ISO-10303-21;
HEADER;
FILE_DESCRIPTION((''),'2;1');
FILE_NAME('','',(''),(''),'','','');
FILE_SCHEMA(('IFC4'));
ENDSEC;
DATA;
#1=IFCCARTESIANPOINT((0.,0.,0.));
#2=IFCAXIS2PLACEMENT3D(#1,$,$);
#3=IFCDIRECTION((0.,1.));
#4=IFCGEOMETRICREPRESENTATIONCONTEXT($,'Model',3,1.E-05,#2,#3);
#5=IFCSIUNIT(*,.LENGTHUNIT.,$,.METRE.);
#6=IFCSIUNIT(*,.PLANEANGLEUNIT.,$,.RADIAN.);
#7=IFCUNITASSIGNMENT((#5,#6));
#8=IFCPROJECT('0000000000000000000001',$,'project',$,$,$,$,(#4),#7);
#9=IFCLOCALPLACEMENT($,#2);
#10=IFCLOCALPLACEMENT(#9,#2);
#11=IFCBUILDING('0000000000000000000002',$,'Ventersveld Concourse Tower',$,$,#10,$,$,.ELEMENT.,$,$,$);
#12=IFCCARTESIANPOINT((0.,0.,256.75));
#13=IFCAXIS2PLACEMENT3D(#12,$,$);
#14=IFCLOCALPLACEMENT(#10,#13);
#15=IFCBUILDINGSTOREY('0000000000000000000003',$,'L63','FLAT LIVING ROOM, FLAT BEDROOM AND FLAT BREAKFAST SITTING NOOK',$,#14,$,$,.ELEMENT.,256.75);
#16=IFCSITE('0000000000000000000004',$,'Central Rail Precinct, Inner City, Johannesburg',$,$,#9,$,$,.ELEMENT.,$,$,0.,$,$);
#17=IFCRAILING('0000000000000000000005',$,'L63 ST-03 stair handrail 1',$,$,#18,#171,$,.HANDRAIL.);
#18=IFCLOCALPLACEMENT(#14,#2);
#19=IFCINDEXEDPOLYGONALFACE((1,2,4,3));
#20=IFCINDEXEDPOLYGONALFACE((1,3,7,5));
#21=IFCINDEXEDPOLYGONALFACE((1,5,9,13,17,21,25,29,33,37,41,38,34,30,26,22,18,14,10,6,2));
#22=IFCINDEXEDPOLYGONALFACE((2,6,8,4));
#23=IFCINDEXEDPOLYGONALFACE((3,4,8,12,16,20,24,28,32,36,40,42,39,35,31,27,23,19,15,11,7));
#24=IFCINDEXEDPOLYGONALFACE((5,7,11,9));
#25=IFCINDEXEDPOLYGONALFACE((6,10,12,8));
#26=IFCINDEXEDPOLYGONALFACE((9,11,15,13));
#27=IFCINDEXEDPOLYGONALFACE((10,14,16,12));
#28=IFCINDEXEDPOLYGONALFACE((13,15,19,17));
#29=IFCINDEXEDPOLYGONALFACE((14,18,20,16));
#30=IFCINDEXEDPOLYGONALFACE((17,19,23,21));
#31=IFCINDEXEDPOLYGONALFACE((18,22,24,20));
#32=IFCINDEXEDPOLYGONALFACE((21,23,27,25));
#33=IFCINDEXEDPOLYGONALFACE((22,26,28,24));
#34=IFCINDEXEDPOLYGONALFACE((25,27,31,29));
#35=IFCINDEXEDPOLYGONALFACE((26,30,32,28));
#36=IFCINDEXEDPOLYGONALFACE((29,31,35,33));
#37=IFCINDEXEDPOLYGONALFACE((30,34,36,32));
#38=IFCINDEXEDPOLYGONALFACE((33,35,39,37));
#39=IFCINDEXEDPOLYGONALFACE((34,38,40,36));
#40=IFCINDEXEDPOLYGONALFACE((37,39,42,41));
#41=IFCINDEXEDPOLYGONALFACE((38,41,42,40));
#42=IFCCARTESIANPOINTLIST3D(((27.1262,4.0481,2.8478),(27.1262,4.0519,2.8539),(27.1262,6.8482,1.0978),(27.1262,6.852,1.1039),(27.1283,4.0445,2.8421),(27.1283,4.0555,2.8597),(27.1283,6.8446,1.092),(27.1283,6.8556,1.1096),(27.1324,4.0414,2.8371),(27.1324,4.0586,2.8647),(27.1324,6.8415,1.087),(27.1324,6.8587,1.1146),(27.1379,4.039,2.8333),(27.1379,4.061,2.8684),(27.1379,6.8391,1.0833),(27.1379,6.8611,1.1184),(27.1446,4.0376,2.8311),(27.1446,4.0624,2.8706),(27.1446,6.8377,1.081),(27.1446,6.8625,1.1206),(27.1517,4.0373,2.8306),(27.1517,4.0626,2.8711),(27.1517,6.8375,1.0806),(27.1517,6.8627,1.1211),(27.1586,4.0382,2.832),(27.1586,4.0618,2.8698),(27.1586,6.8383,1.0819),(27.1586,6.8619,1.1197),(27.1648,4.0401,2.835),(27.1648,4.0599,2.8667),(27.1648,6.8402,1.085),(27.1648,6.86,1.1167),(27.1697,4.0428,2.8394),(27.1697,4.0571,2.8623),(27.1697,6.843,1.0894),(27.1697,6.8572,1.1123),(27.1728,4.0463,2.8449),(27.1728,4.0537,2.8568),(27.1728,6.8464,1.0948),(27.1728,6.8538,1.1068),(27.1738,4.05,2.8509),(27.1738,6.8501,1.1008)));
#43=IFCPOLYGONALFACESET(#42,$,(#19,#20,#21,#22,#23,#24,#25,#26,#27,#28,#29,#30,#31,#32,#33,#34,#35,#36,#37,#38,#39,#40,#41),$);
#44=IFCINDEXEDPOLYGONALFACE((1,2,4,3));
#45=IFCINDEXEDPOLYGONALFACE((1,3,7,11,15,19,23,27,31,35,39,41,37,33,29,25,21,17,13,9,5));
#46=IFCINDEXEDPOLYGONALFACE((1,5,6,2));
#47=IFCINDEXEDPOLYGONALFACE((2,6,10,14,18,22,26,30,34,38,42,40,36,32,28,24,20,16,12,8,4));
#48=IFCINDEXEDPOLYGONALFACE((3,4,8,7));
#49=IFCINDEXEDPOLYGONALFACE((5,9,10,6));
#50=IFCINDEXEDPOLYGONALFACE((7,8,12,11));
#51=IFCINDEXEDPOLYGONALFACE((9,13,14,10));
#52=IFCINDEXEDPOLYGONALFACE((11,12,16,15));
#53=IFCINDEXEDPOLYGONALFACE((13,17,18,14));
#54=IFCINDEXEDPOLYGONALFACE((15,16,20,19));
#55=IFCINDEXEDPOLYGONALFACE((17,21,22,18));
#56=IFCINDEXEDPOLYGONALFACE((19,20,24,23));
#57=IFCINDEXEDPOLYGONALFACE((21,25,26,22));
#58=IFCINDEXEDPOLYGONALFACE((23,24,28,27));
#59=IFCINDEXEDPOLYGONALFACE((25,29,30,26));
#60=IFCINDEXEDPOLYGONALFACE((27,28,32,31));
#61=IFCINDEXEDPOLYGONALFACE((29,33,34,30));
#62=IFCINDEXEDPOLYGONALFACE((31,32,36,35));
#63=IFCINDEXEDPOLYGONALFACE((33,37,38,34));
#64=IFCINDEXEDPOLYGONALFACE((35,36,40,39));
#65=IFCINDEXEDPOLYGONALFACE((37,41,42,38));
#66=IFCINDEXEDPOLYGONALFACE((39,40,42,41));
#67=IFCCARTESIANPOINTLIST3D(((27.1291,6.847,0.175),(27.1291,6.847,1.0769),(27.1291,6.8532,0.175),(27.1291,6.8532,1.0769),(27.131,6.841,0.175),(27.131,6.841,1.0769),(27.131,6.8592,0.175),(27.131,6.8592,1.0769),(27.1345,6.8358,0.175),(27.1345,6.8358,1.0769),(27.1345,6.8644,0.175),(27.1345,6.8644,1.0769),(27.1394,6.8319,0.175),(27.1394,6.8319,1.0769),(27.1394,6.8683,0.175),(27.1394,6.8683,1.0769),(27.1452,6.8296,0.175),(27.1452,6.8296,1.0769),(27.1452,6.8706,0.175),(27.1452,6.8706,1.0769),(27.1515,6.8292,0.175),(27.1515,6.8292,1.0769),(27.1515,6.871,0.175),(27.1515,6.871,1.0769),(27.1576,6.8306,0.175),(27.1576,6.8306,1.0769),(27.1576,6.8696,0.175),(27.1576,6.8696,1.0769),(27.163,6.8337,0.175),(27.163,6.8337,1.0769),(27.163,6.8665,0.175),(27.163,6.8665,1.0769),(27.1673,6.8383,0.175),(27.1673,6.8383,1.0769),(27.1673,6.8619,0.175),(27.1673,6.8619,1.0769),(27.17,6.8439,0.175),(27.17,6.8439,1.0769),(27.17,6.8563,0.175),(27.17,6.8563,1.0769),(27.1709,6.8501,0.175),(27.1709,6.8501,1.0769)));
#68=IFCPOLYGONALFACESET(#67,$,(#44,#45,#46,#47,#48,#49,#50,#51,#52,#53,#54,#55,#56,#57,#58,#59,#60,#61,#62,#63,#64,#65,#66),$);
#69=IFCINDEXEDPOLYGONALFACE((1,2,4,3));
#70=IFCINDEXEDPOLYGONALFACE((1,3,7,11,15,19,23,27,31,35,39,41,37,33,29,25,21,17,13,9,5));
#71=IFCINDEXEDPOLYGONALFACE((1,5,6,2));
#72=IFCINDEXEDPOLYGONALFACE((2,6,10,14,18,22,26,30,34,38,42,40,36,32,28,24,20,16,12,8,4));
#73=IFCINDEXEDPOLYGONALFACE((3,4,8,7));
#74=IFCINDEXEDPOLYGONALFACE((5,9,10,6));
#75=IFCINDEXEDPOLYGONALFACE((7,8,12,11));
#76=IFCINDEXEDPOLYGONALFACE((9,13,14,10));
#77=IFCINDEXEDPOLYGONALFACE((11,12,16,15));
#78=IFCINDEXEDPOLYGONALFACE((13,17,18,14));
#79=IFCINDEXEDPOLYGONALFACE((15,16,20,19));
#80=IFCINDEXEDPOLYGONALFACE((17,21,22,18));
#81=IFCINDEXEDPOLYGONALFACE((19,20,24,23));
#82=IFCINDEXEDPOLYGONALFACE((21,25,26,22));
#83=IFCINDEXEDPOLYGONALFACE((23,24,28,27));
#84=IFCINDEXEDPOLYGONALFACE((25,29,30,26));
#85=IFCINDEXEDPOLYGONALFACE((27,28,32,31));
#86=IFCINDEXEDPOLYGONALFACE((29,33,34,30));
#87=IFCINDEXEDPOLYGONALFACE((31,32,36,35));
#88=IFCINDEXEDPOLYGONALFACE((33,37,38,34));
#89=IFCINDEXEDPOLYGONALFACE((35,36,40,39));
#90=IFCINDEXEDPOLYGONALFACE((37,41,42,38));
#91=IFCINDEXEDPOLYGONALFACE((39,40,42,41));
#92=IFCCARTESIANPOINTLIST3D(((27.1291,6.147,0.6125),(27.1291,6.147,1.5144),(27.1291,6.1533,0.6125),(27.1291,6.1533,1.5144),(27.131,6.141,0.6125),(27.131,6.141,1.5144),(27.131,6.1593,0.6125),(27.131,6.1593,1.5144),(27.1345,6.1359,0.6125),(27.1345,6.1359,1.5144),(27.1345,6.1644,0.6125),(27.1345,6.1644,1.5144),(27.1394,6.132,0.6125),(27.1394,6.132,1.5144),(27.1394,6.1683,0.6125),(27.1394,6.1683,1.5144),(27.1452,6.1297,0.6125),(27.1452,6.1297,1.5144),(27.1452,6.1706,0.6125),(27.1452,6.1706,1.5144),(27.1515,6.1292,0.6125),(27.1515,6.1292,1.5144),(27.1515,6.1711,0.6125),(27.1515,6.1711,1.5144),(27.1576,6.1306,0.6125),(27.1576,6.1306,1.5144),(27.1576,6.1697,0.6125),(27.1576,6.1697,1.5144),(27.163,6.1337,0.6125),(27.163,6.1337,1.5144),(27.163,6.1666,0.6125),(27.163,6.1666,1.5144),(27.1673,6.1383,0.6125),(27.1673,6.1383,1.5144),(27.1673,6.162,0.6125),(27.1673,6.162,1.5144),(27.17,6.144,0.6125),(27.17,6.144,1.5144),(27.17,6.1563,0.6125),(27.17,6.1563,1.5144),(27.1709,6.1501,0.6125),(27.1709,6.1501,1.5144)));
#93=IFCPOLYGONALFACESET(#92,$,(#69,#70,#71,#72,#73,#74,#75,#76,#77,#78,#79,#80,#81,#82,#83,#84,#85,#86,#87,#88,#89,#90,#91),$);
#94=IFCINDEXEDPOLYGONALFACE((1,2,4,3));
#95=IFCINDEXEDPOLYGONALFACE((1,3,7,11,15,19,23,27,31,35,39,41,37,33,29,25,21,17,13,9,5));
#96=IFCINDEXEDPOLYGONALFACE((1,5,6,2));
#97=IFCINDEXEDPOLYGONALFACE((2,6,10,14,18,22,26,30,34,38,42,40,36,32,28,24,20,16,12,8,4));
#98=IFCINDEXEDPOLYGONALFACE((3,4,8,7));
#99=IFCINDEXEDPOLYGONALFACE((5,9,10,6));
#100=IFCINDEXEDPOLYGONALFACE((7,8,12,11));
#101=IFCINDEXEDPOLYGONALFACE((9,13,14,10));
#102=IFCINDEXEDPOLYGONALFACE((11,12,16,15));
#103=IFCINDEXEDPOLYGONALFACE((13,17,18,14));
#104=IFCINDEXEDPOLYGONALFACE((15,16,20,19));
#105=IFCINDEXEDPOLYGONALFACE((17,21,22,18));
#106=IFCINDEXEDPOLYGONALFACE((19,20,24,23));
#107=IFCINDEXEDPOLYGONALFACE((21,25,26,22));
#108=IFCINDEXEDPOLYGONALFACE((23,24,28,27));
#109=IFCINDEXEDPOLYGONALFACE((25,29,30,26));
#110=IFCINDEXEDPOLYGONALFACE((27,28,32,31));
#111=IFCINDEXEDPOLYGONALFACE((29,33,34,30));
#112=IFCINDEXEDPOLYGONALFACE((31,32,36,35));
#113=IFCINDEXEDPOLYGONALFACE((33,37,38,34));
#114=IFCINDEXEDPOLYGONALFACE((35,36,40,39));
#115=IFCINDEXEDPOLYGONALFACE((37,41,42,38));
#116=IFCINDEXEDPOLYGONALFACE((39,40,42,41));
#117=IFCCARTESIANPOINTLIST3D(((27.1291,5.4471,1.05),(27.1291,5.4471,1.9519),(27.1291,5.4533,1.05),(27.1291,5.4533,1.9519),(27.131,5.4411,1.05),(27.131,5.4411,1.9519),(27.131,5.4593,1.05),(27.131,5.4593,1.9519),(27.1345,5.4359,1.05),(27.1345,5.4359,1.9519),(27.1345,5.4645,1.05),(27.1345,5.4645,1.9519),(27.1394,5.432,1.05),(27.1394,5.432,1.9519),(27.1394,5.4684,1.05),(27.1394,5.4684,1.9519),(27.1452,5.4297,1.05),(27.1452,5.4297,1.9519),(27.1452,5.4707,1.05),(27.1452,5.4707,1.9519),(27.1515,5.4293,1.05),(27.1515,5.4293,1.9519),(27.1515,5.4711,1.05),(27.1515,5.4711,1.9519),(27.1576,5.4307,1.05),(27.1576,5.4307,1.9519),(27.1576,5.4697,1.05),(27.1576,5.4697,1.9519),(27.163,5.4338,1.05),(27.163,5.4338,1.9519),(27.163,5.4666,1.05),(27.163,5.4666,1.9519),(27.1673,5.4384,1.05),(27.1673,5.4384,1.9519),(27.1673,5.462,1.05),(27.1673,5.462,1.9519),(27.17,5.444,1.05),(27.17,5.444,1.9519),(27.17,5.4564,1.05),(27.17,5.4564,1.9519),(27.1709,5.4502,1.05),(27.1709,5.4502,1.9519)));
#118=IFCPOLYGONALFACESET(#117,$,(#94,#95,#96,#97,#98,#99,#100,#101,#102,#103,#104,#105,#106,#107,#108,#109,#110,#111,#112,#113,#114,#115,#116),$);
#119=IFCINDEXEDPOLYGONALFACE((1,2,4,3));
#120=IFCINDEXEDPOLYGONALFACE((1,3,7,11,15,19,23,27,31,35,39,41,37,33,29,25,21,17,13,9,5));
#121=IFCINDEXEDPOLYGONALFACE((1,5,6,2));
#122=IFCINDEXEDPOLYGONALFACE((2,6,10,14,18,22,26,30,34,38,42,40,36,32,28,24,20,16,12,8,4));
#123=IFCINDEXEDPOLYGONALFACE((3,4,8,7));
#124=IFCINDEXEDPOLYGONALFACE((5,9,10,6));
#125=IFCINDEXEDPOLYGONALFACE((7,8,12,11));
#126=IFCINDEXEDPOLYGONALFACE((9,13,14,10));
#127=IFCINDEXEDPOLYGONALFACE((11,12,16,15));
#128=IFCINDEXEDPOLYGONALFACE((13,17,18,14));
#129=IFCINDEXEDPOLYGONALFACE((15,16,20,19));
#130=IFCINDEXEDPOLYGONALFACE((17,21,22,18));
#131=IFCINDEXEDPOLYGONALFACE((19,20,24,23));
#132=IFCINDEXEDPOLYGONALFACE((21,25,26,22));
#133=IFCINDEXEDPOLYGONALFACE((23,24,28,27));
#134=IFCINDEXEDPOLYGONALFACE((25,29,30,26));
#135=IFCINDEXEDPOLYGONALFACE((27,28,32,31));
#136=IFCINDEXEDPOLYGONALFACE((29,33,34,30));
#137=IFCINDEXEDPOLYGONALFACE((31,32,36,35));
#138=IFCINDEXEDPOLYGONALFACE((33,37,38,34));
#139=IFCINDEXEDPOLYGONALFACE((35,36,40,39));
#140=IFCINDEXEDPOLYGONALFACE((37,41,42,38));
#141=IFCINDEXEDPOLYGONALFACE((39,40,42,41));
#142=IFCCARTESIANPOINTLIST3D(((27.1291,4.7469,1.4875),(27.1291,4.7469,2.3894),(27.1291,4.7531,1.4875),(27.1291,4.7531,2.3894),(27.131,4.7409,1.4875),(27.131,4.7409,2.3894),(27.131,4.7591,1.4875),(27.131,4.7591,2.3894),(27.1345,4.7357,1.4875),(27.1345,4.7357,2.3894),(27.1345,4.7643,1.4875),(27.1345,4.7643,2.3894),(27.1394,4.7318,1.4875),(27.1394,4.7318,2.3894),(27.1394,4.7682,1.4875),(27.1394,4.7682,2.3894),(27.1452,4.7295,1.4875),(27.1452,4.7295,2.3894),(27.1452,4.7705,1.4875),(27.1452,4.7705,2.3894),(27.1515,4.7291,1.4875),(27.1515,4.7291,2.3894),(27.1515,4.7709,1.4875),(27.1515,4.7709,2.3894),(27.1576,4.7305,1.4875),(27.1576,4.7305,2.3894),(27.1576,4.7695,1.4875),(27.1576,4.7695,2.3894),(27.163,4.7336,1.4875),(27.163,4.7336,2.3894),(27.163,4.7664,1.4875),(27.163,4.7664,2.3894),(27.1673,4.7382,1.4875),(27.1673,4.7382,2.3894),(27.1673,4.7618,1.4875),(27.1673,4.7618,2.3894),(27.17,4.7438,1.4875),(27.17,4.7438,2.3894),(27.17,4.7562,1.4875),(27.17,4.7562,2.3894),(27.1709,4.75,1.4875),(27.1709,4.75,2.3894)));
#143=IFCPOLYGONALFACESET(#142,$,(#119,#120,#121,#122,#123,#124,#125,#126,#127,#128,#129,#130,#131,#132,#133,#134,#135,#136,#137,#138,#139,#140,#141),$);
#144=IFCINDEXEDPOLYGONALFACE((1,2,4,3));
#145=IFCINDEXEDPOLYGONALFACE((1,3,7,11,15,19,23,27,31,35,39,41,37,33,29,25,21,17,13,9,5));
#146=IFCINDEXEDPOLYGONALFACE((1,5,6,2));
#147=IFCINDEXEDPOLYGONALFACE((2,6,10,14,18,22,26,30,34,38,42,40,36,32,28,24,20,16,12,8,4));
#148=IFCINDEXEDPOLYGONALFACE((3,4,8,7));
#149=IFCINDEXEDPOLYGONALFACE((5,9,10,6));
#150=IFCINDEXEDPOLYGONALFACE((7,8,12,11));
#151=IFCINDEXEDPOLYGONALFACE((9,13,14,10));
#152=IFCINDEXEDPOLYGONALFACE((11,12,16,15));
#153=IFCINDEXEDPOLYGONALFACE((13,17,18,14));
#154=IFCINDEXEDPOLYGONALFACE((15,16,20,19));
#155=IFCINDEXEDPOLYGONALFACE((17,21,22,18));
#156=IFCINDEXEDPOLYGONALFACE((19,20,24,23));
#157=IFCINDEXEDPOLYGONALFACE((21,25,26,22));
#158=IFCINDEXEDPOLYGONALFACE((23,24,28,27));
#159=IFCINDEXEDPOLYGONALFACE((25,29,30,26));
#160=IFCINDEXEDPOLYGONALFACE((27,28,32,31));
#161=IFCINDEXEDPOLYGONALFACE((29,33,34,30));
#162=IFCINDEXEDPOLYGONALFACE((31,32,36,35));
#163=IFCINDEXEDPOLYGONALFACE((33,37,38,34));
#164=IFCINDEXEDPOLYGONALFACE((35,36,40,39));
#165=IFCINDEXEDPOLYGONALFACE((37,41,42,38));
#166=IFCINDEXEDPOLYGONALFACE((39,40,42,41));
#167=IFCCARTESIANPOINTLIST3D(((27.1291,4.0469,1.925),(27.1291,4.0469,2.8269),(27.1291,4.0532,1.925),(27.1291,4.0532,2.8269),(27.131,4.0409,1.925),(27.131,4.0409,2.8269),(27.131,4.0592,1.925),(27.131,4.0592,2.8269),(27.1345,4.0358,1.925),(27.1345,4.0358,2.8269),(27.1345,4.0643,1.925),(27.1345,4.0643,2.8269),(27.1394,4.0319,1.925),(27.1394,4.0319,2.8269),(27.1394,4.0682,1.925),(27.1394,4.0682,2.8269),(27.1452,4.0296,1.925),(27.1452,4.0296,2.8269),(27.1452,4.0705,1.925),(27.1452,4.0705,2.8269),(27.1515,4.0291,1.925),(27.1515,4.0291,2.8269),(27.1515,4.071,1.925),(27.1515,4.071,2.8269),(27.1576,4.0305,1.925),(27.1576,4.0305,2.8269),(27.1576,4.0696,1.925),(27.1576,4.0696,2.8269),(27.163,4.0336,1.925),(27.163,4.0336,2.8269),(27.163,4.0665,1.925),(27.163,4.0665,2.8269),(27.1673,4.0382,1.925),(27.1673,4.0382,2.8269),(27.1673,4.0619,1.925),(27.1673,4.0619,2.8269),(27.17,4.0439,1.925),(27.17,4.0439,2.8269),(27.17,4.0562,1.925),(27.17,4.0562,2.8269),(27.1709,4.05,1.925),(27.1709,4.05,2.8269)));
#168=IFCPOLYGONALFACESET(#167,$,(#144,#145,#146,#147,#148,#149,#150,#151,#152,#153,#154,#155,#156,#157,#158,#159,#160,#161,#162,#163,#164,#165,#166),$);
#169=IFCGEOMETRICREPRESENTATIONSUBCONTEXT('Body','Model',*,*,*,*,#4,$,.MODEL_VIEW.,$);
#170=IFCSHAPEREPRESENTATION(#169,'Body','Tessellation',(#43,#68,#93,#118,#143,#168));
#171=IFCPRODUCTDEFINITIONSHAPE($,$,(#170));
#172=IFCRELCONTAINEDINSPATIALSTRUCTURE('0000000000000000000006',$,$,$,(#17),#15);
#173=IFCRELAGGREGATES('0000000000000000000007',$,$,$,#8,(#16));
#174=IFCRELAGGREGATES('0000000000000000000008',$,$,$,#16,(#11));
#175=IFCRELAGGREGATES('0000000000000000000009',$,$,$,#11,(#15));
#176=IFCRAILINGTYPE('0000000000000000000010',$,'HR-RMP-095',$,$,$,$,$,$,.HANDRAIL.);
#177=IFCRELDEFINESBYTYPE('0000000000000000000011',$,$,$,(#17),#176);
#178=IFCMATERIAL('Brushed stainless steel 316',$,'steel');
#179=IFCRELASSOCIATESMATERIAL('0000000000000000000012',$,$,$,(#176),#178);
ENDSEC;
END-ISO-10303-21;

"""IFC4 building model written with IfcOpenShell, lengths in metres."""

from ifc_helpers import new_model, si_unit, direction, frame, origin, origin_2d, place, context, subcontext, project, spatial, circle, extrude, material, type_object, element, save


model = new_model("IFC4")

# Units and contexts
model_context = context("Model", 3, precision=1e-05, world=origin(), true_north=direction((0.0, 1.0)))
body_context = subcontext(model_context, "Body", "Model", "MODEL_VIEW")
ifc_project = project(units=[si_unit("LENGTHUNIT", "METRE"), si_unit("PLANEANGLEUNIT", "RADIAN")], contexts=[model_context])

# Site, building, storey
site_placement = place(None, origin())
site = spatial("IfcSite", under=ifc_project, at=site_placement, Name="Central Rail Precinct, Inner City, Johannesburg", CompositionType="ELEMENT", RefElevation=0.0)
building_placement = place(site_placement, origin())
building = spatial("IfcBuilding", under=site, at=building_placement, Name="Ventersveld Concourse Tower", CompositionType="ELEMENT")
storey_placement = place(building_placement, frame((0.0, 0.0, 256.75)))
storey = spatial("IfcBuildingStorey", under=building, at=storey_placement, Name="L63", Description="FLAT LIVING ROOM, FLAT BEDROOM AND FLAT BREAKFAST SITTING NOOK", CompositionType="ELEMENT", Elevation=256.75)

# Shared definitions
ifc_material_1 = material(Name="Brushed stainless steel 316", Category="steel")

# Railing
railing_type_1 = type_object("IfcRailingType", Name="HR-RMP-095", PredefinedType="HANDRAIL", material=ifc_material_1)
railing_1_placement = place(storey_placement, frame((27.1499, 6.8501, 0.175)))
element("IfcRailing", 1, at=railing_1_placement, inside=storey, type_object=railing_type_1, Name="L63 ST-03 stair handrail 1", PredefinedType="HANDRAIL", context=body_context, shape_type="SweptSolid", body=[
    extrude(circle(Radius=0.0239, at=origin_2d()), frame((0.0, 0.0, 0.9258), z_axis=(0.0, -0.848002, 0.529992), x_axis=(1.0, 0.0, 0.0)), (0.0, 0.0, 1.0), 3.302),
    extrude(circle(Radius=0.021, at=origin_2d()), origin(), (0.0, 0.0, 1.0), 0.9019),
    extrude(circle(Radius=0.021, at=origin_2d()), frame((0.0, -0.7, 0.4375)), (0.0, 0.0, 1.0), 0.9019),
    extrude(circle(Radius=0.021, at=origin_2d()), frame((0.0, -1.3999, 0.875)), (0.0, 0.0, 1.0), 0.9019),
    extrude(circle(Radius=0.021, at=origin_2d()), frame((0.0, -2.1001, 1.3125)), (0.0, 0.0, 1.0), 0.9019),
    extrude(circle(Radius=0.021, at=origin_2d()), frame((0.0, -2.8, 1.75)), (0.0, 0.0, 1.0), 0.9019),
])

save(model, "model.ifc")
